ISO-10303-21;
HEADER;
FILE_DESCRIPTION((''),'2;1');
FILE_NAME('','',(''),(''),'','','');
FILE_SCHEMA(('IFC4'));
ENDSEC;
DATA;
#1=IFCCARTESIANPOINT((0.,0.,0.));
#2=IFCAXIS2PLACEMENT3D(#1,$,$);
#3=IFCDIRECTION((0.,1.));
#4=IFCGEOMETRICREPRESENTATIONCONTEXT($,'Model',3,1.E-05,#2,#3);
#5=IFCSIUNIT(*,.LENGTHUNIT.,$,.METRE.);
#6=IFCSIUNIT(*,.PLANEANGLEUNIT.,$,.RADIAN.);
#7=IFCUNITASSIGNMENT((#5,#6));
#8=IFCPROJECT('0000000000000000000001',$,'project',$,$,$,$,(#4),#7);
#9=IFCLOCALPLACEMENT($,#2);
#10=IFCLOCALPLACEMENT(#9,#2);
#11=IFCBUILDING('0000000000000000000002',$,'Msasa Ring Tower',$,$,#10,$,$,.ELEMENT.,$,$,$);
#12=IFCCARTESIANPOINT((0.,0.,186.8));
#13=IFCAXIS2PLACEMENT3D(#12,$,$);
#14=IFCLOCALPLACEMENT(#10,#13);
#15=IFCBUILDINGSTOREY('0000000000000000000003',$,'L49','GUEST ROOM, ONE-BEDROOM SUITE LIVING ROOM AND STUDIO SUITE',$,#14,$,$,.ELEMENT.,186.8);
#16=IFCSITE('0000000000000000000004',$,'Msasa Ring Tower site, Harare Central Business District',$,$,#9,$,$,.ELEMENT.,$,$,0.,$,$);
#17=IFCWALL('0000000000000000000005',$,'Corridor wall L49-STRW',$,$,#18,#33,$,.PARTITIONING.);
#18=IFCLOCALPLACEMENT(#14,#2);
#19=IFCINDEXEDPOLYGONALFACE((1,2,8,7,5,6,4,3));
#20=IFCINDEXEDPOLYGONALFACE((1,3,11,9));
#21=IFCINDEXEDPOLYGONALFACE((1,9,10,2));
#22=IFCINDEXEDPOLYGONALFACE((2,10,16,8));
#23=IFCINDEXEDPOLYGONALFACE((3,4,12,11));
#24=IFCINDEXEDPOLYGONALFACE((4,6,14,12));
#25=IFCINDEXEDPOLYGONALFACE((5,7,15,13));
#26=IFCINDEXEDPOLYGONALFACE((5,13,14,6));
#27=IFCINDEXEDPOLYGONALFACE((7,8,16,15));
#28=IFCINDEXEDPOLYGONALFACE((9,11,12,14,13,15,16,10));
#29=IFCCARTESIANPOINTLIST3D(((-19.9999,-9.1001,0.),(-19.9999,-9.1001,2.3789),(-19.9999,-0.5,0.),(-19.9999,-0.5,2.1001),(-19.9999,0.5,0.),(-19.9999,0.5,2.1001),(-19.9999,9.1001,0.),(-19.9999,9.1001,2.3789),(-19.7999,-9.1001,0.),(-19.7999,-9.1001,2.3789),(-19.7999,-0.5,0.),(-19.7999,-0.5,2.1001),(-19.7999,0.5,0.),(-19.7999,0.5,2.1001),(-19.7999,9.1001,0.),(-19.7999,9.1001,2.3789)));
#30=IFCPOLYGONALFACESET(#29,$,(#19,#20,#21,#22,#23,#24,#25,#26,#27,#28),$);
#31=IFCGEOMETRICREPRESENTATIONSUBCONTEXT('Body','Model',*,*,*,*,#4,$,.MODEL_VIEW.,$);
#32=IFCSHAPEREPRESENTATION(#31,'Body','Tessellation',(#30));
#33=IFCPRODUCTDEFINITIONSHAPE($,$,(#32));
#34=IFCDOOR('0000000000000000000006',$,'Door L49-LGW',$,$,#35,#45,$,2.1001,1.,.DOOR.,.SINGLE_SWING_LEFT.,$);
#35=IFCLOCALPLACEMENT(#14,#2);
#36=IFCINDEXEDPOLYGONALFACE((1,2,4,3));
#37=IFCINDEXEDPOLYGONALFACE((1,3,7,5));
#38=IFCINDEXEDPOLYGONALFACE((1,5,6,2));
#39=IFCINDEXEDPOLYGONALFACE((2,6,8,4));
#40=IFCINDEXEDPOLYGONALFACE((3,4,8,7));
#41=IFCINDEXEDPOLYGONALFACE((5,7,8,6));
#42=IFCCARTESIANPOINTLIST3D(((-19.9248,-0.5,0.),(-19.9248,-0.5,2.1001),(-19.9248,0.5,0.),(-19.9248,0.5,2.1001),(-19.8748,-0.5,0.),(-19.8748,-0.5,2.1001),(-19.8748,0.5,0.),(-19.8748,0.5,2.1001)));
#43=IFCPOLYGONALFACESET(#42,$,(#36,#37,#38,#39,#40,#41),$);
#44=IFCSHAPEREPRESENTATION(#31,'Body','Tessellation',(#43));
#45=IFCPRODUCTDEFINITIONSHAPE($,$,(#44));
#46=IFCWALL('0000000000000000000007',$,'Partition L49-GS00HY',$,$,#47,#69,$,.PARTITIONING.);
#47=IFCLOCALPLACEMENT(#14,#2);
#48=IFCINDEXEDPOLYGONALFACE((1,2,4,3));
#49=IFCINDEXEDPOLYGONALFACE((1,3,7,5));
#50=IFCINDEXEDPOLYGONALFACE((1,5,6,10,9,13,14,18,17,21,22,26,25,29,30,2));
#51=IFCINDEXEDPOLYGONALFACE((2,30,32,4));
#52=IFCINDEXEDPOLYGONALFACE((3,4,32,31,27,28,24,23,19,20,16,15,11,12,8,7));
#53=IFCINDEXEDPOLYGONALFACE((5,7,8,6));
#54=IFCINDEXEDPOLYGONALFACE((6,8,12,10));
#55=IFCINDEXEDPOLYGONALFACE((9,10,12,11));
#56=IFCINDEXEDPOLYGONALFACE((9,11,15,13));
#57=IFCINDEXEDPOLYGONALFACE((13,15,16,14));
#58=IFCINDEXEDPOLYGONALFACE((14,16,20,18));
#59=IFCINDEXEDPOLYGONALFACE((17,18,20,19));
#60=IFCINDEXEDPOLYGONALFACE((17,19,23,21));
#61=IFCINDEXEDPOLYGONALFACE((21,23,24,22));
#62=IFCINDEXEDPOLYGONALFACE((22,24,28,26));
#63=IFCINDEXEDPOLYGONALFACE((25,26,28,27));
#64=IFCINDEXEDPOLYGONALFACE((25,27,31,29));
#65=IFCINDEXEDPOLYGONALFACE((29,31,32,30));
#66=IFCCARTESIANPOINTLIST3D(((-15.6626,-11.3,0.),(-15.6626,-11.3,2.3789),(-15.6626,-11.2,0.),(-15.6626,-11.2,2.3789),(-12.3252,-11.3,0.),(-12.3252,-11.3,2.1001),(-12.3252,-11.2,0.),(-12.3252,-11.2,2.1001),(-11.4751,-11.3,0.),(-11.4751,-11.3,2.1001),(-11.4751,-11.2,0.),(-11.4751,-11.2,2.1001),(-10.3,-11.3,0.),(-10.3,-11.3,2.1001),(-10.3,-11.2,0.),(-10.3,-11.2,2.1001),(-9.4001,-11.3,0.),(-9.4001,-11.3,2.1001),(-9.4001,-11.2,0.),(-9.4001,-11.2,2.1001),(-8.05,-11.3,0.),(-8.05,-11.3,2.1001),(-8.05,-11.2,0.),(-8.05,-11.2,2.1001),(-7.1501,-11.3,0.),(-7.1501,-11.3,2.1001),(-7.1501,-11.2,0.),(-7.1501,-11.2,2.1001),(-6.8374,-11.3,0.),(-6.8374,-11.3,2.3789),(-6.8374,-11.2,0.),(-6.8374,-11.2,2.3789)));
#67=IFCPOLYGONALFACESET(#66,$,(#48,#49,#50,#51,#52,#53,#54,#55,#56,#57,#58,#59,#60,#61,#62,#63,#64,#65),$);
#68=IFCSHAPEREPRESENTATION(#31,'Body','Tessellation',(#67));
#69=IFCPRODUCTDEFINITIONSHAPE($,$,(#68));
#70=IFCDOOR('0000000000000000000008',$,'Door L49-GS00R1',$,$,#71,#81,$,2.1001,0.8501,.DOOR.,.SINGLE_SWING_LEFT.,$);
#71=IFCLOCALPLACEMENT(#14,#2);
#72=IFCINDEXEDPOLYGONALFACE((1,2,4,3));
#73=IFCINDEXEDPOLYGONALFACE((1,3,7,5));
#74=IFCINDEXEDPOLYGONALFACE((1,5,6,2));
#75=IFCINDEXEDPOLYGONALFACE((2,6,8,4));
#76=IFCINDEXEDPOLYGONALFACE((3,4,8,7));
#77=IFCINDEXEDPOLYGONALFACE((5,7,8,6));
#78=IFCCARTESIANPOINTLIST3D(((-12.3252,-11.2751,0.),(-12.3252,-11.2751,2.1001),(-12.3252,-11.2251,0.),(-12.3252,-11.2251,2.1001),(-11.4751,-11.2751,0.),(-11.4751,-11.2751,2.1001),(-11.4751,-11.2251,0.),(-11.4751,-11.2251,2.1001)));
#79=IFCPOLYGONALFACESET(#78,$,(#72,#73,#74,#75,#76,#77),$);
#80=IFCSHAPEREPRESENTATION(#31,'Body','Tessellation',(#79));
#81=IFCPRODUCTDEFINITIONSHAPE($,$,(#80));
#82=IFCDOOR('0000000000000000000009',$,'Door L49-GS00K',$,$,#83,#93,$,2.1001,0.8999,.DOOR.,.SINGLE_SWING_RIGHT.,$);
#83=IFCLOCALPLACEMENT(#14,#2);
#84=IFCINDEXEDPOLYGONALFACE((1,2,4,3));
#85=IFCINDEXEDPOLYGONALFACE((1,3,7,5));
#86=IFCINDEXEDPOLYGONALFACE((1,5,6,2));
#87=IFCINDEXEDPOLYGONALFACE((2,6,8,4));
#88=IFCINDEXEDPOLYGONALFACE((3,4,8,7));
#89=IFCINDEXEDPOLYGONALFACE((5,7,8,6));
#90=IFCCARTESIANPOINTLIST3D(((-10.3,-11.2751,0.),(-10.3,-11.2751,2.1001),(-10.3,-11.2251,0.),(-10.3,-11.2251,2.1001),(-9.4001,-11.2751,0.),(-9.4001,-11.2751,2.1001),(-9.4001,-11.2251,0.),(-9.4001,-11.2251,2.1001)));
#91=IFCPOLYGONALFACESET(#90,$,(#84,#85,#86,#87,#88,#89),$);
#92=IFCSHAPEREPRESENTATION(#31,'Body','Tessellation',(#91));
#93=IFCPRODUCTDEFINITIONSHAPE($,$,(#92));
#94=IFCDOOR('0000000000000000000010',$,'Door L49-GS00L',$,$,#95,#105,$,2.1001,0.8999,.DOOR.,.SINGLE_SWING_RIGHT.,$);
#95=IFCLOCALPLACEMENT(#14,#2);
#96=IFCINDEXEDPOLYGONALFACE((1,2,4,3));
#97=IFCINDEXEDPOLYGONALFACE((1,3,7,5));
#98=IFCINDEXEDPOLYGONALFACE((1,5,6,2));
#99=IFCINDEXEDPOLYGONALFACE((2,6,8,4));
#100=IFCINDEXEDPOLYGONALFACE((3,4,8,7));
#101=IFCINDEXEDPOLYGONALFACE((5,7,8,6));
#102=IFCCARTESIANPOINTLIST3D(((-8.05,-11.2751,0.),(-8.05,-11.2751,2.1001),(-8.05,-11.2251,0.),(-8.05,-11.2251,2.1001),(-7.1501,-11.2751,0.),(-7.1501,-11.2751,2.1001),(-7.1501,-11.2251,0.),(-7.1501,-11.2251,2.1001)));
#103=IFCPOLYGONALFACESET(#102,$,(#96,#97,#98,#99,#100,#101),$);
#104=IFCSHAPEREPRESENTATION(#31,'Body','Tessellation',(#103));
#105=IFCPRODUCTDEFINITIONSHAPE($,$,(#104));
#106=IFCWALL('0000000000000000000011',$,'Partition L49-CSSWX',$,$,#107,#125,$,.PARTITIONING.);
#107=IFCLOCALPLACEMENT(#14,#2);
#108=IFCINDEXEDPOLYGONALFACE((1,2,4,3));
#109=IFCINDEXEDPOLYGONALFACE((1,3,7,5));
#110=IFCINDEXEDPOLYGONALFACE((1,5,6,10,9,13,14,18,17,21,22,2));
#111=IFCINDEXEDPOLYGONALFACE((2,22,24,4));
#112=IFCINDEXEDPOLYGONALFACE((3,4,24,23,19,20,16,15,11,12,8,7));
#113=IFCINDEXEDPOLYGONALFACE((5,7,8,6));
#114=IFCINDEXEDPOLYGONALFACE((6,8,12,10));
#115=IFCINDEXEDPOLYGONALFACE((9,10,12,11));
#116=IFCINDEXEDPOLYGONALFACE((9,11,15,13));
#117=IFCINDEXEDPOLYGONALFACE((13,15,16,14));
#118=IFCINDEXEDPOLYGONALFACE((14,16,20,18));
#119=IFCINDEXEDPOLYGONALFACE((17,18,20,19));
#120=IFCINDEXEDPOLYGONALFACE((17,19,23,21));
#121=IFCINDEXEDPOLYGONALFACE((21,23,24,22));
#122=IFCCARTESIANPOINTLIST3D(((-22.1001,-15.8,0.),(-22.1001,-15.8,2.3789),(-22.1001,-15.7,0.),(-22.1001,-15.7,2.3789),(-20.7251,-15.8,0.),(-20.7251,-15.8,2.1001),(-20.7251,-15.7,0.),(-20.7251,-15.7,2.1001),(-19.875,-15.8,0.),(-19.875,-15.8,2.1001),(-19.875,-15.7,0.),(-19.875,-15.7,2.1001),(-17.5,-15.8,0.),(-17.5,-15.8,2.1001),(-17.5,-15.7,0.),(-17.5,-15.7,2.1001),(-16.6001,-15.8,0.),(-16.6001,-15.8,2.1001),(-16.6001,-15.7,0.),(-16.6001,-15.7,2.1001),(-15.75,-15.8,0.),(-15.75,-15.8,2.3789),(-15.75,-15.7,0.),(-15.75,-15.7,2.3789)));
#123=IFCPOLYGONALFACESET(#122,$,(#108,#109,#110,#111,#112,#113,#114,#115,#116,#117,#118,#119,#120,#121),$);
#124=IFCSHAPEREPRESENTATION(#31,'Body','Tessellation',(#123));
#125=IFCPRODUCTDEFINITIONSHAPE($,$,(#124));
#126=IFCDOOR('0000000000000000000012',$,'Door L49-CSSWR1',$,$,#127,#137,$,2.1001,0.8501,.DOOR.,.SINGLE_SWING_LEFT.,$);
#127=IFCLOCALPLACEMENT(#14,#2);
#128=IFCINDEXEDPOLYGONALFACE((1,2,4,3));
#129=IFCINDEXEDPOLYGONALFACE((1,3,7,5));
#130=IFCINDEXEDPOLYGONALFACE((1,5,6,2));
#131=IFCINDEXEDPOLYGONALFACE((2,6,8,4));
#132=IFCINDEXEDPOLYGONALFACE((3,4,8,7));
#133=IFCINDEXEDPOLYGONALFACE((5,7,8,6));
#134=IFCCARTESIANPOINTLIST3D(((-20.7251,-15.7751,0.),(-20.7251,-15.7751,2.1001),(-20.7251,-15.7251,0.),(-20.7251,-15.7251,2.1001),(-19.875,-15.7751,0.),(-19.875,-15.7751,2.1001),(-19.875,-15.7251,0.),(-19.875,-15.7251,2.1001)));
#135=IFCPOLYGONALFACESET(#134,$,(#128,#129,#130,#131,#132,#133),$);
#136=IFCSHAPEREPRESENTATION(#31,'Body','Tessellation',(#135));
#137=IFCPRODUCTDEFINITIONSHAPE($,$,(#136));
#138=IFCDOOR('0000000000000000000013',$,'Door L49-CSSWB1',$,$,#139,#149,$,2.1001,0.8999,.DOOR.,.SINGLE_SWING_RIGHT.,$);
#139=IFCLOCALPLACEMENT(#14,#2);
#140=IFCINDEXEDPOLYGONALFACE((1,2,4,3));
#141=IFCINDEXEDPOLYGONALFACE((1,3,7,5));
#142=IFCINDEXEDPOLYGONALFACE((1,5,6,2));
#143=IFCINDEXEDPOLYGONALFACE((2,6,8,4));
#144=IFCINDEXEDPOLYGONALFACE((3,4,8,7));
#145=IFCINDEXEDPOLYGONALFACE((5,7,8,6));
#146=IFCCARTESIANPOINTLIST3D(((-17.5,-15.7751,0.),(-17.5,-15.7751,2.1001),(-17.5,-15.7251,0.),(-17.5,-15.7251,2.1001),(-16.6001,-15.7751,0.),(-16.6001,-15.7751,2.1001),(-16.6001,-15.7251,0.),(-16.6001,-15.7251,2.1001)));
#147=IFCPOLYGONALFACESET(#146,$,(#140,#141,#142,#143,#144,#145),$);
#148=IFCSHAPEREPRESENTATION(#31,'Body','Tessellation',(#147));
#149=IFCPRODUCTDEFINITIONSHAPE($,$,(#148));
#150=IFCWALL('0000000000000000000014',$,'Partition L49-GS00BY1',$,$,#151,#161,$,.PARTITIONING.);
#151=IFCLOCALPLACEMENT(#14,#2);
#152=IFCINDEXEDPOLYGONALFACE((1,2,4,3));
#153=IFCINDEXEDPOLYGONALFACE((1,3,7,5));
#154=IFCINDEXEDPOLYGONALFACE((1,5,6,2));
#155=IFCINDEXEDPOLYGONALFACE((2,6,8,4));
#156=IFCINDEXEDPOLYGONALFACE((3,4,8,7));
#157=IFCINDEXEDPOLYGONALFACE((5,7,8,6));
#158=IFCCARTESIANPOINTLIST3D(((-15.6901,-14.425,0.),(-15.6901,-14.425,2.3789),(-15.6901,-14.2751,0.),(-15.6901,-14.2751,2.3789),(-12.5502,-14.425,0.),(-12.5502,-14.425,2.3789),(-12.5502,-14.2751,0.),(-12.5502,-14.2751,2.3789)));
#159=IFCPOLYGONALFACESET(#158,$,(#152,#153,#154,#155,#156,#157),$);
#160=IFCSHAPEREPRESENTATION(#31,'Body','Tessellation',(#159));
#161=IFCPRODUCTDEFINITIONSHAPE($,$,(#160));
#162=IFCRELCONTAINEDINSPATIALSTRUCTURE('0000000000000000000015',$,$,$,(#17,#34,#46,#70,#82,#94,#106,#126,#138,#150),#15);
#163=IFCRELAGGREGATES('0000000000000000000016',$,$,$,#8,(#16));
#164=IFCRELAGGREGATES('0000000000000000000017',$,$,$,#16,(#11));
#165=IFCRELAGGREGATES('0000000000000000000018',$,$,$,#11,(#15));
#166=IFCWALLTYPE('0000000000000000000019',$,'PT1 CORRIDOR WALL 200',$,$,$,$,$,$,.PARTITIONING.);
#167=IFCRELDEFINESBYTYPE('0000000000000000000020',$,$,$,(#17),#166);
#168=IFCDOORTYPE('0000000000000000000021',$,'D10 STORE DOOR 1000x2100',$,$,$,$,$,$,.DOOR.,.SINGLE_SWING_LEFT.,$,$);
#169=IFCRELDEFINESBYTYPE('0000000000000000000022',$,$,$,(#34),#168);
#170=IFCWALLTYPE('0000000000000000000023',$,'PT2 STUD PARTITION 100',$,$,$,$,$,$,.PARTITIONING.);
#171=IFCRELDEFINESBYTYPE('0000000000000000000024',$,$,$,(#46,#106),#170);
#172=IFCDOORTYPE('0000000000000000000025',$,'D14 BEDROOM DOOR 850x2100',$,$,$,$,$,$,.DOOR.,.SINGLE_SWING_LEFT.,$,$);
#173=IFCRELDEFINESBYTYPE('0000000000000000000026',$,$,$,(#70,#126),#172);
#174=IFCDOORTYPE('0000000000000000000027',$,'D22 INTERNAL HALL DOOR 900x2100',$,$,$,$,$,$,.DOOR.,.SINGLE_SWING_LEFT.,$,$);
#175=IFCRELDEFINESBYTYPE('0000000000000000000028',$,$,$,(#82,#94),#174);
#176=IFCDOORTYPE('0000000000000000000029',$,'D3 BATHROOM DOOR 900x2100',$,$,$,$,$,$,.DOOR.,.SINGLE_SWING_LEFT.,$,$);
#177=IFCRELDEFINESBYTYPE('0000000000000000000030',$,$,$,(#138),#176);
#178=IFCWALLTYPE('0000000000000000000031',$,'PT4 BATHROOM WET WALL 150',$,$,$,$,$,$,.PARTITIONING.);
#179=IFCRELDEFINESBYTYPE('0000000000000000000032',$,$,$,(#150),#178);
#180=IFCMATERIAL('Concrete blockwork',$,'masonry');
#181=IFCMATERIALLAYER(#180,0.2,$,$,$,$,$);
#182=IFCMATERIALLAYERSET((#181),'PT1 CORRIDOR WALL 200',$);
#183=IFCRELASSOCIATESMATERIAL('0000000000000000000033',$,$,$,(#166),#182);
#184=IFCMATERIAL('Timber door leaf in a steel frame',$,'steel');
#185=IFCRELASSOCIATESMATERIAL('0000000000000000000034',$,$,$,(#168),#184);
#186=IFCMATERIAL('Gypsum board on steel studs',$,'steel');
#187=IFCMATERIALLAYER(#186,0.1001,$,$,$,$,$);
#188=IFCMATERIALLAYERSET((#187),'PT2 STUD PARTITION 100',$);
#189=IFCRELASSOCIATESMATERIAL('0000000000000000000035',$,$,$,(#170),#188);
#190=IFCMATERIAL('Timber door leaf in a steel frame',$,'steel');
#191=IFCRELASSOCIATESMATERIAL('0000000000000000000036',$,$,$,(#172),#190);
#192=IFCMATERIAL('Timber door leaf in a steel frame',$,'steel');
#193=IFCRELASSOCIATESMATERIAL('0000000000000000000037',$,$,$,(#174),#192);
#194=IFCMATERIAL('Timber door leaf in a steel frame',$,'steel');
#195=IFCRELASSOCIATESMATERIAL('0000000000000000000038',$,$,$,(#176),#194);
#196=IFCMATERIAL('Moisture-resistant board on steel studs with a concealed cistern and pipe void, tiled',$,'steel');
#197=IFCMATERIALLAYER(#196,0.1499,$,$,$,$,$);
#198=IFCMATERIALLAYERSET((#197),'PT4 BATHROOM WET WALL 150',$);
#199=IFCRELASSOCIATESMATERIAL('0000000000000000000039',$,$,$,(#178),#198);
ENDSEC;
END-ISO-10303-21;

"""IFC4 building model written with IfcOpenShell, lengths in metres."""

from ifc_helpers import new_model, si_unit, direction, frame, frame_2d, origin, place, context, subcontext, project, spatial, rectangle, extrude, material, layer, layer_set, type_object, element, fill, save


model = new_model("IFC4")

# Units and contexts
model_context = context("Model", 3, precision=1e-05, world=origin(), true_north=direction((0.0, 1.0)))
body_context = subcontext(model_context, "Body", "Model", "MODEL_VIEW")
ifc_project = project(units=[si_unit("LENGTHUNIT", "METRE"), si_unit("PLANEANGLEUNIT", "RADIAN")], contexts=[model_context])

# Site, building, storey
site_placement = place(None, origin())
site = spatial("IfcSite", under=ifc_project, at=site_placement, Name="Msasa Ring Tower site, Harare Central Business District", CompositionType="ELEMENT", RefElevation=0.0)
building_placement = place(site_placement, origin())
building = spatial("IfcBuilding", under=site, at=building_placement, Name="Msasa Ring Tower", CompositionType="ELEMENT")
storey_placement = place(building_placement, frame((0.0, 0.0, 186.8)))
storey = spatial("IfcBuildingStorey", under=building, at=storey_placement, Name="L49", Description="GUEST ROOM, ONE-BEDROOM SUITE LIVING ROOM AND STUDIO SUITE", CompositionType="ELEMENT", Elevation=186.8)

# Shared definitions
ifc_material_1 = material(Name="Concrete blockwork", Category="masonry")
ifc_layer_1 = layer(ifc_material_1, 0.2)
ifc_layer_set_1 = layer_set([ifc_layer_1], Name="PT1 CORRIDOR WALL 200")
wall_type_1 = type_object("IfcWallType", Name="PT1 CORRIDOR WALL 200", PredefinedType="PARTITIONING", material=ifc_layer_set_1)

# Wall, opening, door
wall_1_placement = place(storey_placement, frame((-19.8999, -9.1001, 0.0), z_axis=(0.0, 0.0, 1.0), x_axis=(0.0, 1.0, 0.0)))
wall_1 = element("IfcWall", 1, at=wall_1_placement, inside=storey, type_object=wall_type_1, Name="Corridor wall L49-STRW", PredefinedType="PARTITIONING", context=body_context, shape_type="SweptSolid", body=[
    extrude(rectangle(XDim=18.2002, YDim=0.2, at=frame_2d((9.1001, 0.0))), origin(), (0.0, 0.0, 1.0), 2.3789),
])
opening_1_placement = place(wall_1_placement, frame((8.6001, 0.0, 0.0)))
opening_1 = element("IfcOpeningElement", 2, at=opening_1_placement, cuts=wall_1, PredefinedType="OPENING", context=body_context, shape_type="SweptSolid", body=[
    extrude(rectangle(XDim=1.0, YDim=2.1001, at=frame_2d((0.5, 1.05))), frame((0.0, 0.1099, 0.0), z_axis=(0.0, -1.0, 0.0), x_axis=(1.0, 0.0, 0.0)), (0.0, 0.0, 1.0), 0.22),
])
ifc_material_2 = material(Name="Timber door leaf in a steel frame", Category="steel")
door_type_1 = type_object("IfcDoorType", Name="D10 STORE DOOR 1000x2100", OperationType="SINGLE_SWING_LEFT", PredefinedType="DOOR", material=ifc_material_2)
door_1_placement = place(opening_1_placement, origin())
door_1 = element("IfcDoor", 3, at=door_1_placement, inside=storey, type_object=door_type_1, Name="Door L49-LGW", OperationType="SINGLE_SWING_LEFT", OverallHeight=2.1001, OverallWidth=1.0, PredefinedType="DOOR", context=body_context, shape_type="SweptSolid", body=[
    extrude(rectangle(XDim=1.0, YDim=2.1001, at=frame_2d((0.5, 1.05))), frame((0.0, 0.0249, 0.0), z_axis=(0.0, -1.0, 0.0), x_axis=(1.0, 0.0, 0.0)), (0.0, 0.0, 1.0), 0.05),
])
fill(opening_1, door_1)

# Walls, openings, doors
ifc_material_3 = material(Name="Gypsum board on steel studs", Category="steel")
ifc_layer_2 = layer(ifc_material_3, 0.1001)
ifc_layer_set_2 = layer_set([ifc_layer_2], Name="PT2 STUD PARTITION 100")
wall_type_2 = type_object("IfcWallType", Name="PT2 STUD PARTITION 100", PredefinedType="PARTITIONING", material=ifc_layer_set_2)
wall_2_placement = place(storey_placement, frame((-15.6626, -11.25, 0.0), z_axis=(0.0, 0.0, 1.0), x_axis=(1.0, 0.0, 0.0)))
wall_2 = element("IfcWall", 4, at=wall_2_placement, inside=storey, type_object=wall_type_2, Name="Partition L49-GS00HY", PredefinedType="PARTITIONING", context=body_context, shape_type="SweptSolid", body=[
    extrude(rectangle(XDim=8.8252, YDim=0.1001, at=frame_2d((4.4126, 0.0))), origin(), (0.0, 0.0, 1.0), 2.3789),
])
opening_2_placement = place(wall_2_placement, frame((5.3625, 0.0, 0.0)))
opening_2 = element("IfcOpeningElement", 5, at=opening_2_placement, cuts=wall_2, PredefinedType="OPENING", context=body_context, shape_type="SweptSolid", body=[
    extrude(rectangle(XDim=0.8999, YDim=2.1001, at=frame_2d((0.45, 1.05))), frame((0.0, 0.0601, 0.0), z_axis=(0.0, -1.0, 0.0), x_axis=(1.0, 0.0, 0.0)), (0.0, 0.0, 1.0), 0.1201),
])
opening_3_placement = place(wall_2_placement, frame((7.6125, 0.0, 0.0)))
opening_3 = element("IfcOpeningElement", 6, at=opening_3_placement, cuts=wall_2, PredefinedType="OPENING", context=body_context, shape_type="SweptSolid", body=[
    extrude(rectangle(XDim=0.8999, YDim=2.1001, at=frame_2d((0.45, 1.05))), frame((0.0, 0.0601, 0.0), z_axis=(0.0, -1.0, 0.0), x_axis=(1.0, 0.0, 0.0)), (0.0, 0.0, 1.0), 0.1201),
])
opening_4_placement = place(wall_2_placement, frame((3.3374, 0.0, 0.0)))
opening_4 = element("IfcOpeningElement", 7, at=opening_4_placement, cuts=wall_2, PredefinedType="OPENING", context=body_context, shape_type="SweptSolid", body=[
    extrude(rectangle(XDim=0.8501, YDim=2.1001, at=frame_2d((0.425, 1.05))), frame((0.0, 0.0601, 0.0), z_axis=(0.0, -1.0, 0.0), x_axis=(1.0, 0.0, 0.0)), (0.0, 0.0, 1.0), 0.1201),
])
ifc_material_4 = material(Name="Timber door leaf in a steel frame", Category="steel")
door_type_2 = type_object("IfcDoorType", Name="D14 BEDROOM DOOR 850x2100", OperationType="SINGLE_SWING_LEFT", PredefinedType="DOOR", material=ifc_material_4)
door_2_placement = place(opening_4_placement, origin())
door_2 = element("IfcDoor", 8, at=door_2_placement, inside=storey, type_object=door_type_2, Name="Door L49-GS00R1", OperationType="SINGLE_SWING_LEFT", OverallHeight=2.1001, OverallWidth=0.8501, PredefinedType="DOOR", context=body_context, shape_type="SweptSolid", body=[
    extrude(rectangle(XDim=0.8501, YDim=2.1001, at=frame_2d((0.425, 1.05))), frame((0.0, 0.0249, 0.0), z_axis=(0.0, -1.0, 0.0), x_axis=(1.0, 0.0, 0.0)), (0.0, 0.0, 1.0), 0.05),
])
fill(opening_4, door_2)
ifc_material_5 = material(Name="Timber door leaf in a steel frame", Category="steel")
door_type_3 = type_object("IfcDoorType", Name="D22 INTERNAL HALL DOOR 900x2100", OperationType="SINGLE_SWING_LEFT", PredefinedType="DOOR", material=ifc_material_5)
door_3_placement = place(opening_2_placement, origin())
door_3 = element("IfcDoor", 9, at=door_3_placement, inside=storey, type_object=door_type_3, Name="Door L49-GS00K", OperationType="SINGLE_SWING_RIGHT", OverallHeight=2.1001, OverallWidth=0.8999, PredefinedType="DOOR", context=body_context, shape_type="SweptSolid", body=[
    extrude(rectangle(XDim=0.8999, YDim=2.1001, at=frame_2d((0.45, 1.05))), frame((0.0, 0.0249, 0.0), z_axis=(0.0, -1.0, 0.0), x_axis=(1.0, 0.0, 0.0)), (0.0, 0.0, 1.0), 0.05),
])
fill(opening_2, door_3)
door_4_placement = place(opening_3_placement, origin())
door_4 = element("IfcDoor", 10, at=door_4_placement, inside=storey, type_object=door_type_3, Name="Door L49-GS00L", OperationType="SINGLE_SWING_RIGHT", OverallHeight=2.1001, OverallWidth=0.8999, PredefinedType="DOOR", context=body_context, shape_type="SweptSolid", body=[
    extrude(rectangle(XDim=0.8999, YDim=2.1001, at=frame_2d((0.45, 1.05))), frame((0.0, 0.0249, 0.0), z_axis=(0.0, -1.0, 0.0), x_axis=(1.0, 0.0, 0.0)), (0.0, 0.0, 1.0), 0.05),
])
fill(opening_3, door_4)
wall_3_placement = place(storey_placement, frame((-22.1001, -15.75, 0.0), z_axis=(0.0, 0.0, 1.0), x_axis=(1.0, 0.0, 0.0)))
wall_3 = element("IfcWall", 11, at=wall_3_placement, inside=storey, type_object=wall_type_2, Name="Partition L49-CSSWX", PredefinedType="PARTITIONING", context=body_context, shape_type="SweptSolid", body=[
    extrude(rectangle(XDim=6.3501, YDim=0.1001, at=frame_2d((3.175, 0.0))), origin(), (0.0, 0.0, 1.0), 2.3789),
])
opening_5_placement = place(wall_3_placement, frame((1.375, 0.0, 0.0)))
opening_5 = element("IfcOpeningElement", 12, at=opening_5_placement, cuts=wall_3, PredefinedType="OPENING", context=body_context, shape_type="SweptSolid", body=[
    extrude(rectangle(XDim=0.8501, YDim=2.1001, at=frame_2d((0.425, 1.05))), frame((0.0, 0.0601, 0.0), z_axis=(0.0, -1.0, 0.0), x_axis=(1.0, 0.0, 0.0)), (0.0, 0.0, 1.0), 0.1201),
])
opening_6_placement = place(wall_3_placement, frame((4.6001, 0.0, 0.0)))
opening_6 = element("IfcOpeningElement", 13, at=opening_6_placement, cuts=wall_3, PredefinedType="OPENING", context=body_context, shape_type="SweptSolid", body=[
    extrude(rectangle(XDim=0.8999, YDim=2.1001, at=frame_2d((0.45, 1.05))), frame((0.0, 0.0601, 0.0), z_axis=(0.0, -1.0, 0.0), x_axis=(1.0, 0.0, 0.0)), (0.0, 0.0, 1.0), 0.1201),
])
door_5_placement = place(opening_5_placement, origin())
door_5 = element("IfcDoor", 14, at=door_5_placement, inside=storey, type_object=door_type_2, Name="Door L49-CSSWR1", OperationType="SINGLE_SWING_LEFT", OverallHeight=2.1001, OverallWidth=0.8501, PredefinedType="DOOR", context=body_context, shape_type="SweptSolid", body=[
    extrude(rectangle(XDim=0.8501, YDim=2.1001, at=frame_2d((0.425, 1.05))), frame((0.0, 0.0249, 0.0), z_axis=(0.0, -1.0, 0.0), x_axis=(1.0, 0.0, 0.0)), (0.0, 0.0, 1.0), 0.05),
])
fill(opening_5, door_5)
ifc_material_6 = material(Name="Timber door leaf in a steel frame", Category="steel")
door_type_4 = type_object("IfcDoorType", Name="D3 BATHROOM DOOR 900x2100", OperationType="SINGLE_SWING_LEFT", PredefinedType="DOOR", material=ifc_material_6)
door_6_placement = place(opening_6_placement, origin())
door_6 = element("IfcDoor", 15, at=door_6_placement, inside=storey, type_object=door_type_4, Name="Door L49-CSSWB1", OperationType="SINGLE_SWING_RIGHT", OverallHeight=2.1001, OverallWidth=0.8999, PredefinedType="DOOR", context=body_context, shape_type="SweptSolid", body=[
    extrude(rectangle(XDim=0.8999, YDim=2.1001, at=frame_2d((0.45, 1.05))), frame((0.0, 0.0249, 0.0), z_axis=(0.0, -1.0, 0.0), x_axis=(1.0, 0.0, 0.0)), (0.0, 0.0, 1.0), 0.05),
])
fill(opening_6, door_6)

# Wall
ifc_material_7 = material(Name="Moisture-resistant board on steel studs with a concealed cistern and pipe void, tiled", Category="steel")
ifc_layer_3 = layer(ifc_material_7, 0.1499)
ifc_layer_set_3 = layer_set([ifc_layer_3], Name="PT4 BATHROOM WET WALL 150")
wall_type_3 = type_object("IfcWallType", Name="PT4 BATHROOM WET WALL 150", PredefinedType="PARTITIONING", material=ifc_layer_set_3)
wall_4_placement = place(storey_placement, frame((-15.6899, -14.3501, 0.0), z_axis=(0.0, 0.0, 1.0), x_axis=(1.0, 0.0, 0.0)))
element("IfcWall", 16, at=wall_4_placement, inside=storey, type_object=wall_type_3, Name="Partition L49-GS00BY1", PredefinedType="PARTITIONING", context=body_context, shape_type="SweptSolid", body=[
    extrude(rectangle(XDim=3.1399, YDim=0.1499, at=frame_2d((1.5698, 0.0))), origin(), (0.0, 0.0, 1.0), 2.3789),
])

save(model, "model.ifc")
